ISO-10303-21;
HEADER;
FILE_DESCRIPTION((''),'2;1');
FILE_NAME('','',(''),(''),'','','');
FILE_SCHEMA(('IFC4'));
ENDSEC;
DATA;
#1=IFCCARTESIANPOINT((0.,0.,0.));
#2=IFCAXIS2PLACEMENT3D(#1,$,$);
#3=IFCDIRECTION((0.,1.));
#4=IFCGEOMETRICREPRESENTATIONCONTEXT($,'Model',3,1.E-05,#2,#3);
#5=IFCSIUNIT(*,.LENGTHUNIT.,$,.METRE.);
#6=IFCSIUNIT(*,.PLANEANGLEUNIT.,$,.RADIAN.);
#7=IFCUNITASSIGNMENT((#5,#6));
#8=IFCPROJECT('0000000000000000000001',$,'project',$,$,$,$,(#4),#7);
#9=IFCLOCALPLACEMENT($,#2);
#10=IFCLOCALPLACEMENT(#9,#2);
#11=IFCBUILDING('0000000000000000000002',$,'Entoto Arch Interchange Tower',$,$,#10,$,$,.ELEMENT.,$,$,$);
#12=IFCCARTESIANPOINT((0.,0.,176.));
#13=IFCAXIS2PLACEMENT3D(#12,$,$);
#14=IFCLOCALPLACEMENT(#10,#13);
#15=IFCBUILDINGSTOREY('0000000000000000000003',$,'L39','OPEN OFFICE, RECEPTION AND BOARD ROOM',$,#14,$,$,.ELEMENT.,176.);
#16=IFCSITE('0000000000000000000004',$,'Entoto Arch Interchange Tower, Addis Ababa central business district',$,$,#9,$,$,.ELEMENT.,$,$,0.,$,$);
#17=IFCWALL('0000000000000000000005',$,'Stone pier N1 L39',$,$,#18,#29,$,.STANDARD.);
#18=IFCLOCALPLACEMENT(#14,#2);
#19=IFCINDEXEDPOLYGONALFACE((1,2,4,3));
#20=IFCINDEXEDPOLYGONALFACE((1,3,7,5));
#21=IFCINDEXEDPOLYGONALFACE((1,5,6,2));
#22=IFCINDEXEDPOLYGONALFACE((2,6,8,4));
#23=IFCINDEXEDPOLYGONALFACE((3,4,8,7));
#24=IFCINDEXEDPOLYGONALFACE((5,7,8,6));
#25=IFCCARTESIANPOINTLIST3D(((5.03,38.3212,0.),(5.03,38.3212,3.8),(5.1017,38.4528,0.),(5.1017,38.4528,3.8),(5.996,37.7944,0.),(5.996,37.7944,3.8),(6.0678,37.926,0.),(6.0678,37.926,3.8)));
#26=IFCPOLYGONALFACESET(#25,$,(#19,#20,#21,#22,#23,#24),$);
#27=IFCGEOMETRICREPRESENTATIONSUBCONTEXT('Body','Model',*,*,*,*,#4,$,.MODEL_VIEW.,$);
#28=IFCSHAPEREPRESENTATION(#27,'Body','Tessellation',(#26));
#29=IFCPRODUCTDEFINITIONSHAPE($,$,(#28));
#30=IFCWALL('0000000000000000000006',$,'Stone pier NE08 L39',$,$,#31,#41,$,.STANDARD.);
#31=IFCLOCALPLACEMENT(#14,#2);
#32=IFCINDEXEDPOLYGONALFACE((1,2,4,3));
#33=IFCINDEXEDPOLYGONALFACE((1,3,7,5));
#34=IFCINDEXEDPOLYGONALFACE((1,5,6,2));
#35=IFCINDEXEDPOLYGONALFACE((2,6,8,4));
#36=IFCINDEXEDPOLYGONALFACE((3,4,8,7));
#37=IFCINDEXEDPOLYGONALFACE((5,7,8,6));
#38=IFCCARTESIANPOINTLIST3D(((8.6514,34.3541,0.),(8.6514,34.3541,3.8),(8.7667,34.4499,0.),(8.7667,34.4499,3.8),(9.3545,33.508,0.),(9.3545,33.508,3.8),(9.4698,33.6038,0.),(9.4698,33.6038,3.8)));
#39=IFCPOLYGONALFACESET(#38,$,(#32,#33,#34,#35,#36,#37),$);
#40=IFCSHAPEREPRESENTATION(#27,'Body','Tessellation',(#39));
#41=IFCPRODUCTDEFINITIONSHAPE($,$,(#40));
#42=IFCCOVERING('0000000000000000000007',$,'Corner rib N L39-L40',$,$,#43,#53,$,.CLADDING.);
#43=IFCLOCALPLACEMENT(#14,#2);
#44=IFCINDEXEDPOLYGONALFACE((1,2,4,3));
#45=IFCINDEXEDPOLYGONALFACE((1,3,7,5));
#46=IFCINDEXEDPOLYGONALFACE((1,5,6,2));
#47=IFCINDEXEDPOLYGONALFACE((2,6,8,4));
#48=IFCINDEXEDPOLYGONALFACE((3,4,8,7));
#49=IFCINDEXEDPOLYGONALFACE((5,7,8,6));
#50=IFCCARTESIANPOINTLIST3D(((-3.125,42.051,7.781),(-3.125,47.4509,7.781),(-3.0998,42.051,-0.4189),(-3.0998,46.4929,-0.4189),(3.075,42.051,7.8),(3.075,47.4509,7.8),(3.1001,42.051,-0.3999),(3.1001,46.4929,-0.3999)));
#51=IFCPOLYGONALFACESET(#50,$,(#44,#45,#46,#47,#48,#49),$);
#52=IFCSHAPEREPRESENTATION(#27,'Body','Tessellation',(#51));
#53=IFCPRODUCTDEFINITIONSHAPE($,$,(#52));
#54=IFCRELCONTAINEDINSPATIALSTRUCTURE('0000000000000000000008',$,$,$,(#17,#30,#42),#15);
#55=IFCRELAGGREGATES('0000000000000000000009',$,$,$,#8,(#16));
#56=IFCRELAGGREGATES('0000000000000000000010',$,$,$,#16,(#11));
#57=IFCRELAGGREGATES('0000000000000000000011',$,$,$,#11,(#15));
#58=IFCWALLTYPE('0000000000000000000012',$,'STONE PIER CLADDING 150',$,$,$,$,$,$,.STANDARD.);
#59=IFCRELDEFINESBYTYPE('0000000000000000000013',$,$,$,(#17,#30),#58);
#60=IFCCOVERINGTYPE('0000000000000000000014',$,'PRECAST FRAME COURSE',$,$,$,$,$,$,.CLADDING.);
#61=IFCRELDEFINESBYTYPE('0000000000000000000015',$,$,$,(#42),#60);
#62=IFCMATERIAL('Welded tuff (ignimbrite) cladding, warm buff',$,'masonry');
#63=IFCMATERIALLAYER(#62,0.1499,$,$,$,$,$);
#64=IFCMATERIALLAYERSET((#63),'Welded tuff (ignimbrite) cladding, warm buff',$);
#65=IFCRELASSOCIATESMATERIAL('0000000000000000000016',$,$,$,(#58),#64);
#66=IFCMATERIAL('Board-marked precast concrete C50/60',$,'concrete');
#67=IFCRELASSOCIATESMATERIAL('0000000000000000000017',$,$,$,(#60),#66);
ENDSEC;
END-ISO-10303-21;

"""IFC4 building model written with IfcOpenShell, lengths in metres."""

from ifc_helpers import new_model, si_unit, direction, frame, frame_2d, origin, place, context, subcontext, project, spatial, polyline, rectangle, outline, extrude, material, layer, layer_set, type_object, element, save


model = new_model("IFC4")

# Units and contexts
model_context = context("Model", 3, precision=1e-05, world=origin(), true_north=direction((0.0, 1.0)))
body_context = subcontext(model_context, "Body", "Model", "MODEL_VIEW")
ifc_project = project(units=[si_unit("LENGTHUNIT", "METRE"), si_unit("PLANEANGLEUNIT", "RADIAN")], contexts=[model_context])

# Site, building, storey
site_placement = place(None, origin())
site = spatial("IfcSite", under=ifc_project, at=site_placement, Name="Entoto Arch Interchange Tower, Addis Ababa central business district", CompositionType="ELEMENT", RefElevation=0.0)
building_placement = place(site_placement, origin())
building = spatial("IfcBuilding", under=site, at=building_placement, Name="Entoto Arch Interchange Tower", CompositionType="ELEMENT")
storey_placement = place(building_placement, frame((0.0, 0.0, 176.0)))
storey = spatial("IfcBuildingStorey", under=building, at=storey_placement, Name="L39", Description="OPEN OFFICE, RECEPTION AND BOARD ROOM", CompositionType="ELEMENT", Elevation=176.0)

# Shared definitions
ifc_material_1 = material(Name="Welded tuff (ignimbrite) cladding, warm buff", Category="masonry")

# Walls
ifc_layer_1 = layer(ifc_material_1, 0.1499)
ifc_layer_set_1 = layer_set([ifc_layer_1], Name="Welded tuff (ignimbrite) cladding, warm buff")
wall_type_1 = type_object("IfcWallType", Name="STONE PIER CLADDING 150", PredefinedType="STANDARD", material=ifc_layer_set_1)
wall_1_placement = place(storey_placement, frame((6.032, 37.8601, 0.0), z_axis=(0.0, 0.0, 1.0), x_axis=(-0.877929, 0.47879, 0.0)))
element("IfcWall", 1, at=wall_1_placement, inside=storey, type_object=wall_type_1, Name="Stone pier N1 L39", PredefinedType="STANDARD", context=body_context, shape_type="SweptSolid", body=[
    extrude(rectangle(XDim=1.1003, YDim=0.1499, at=frame_2d((0.5503, 0.0))), origin(), (0.0, 0.0, 1.0), 3.8),
])
wall_2_placement = place(storey_placement, frame((9.4121, 33.5559, 0.0), z_axis=(0.0, 0.0, 1.0), x_axis=(-0.639092, 0.76913, 0.0)))
element("IfcWall", 2, at=wall_2_placement, inside=storey, type_object=wall_type_1, Name="Stone pier NE08 L39", PredefinedType="STANDARD", context=body_context, shape_type="SweptSolid", body=[
    extrude(rectangle(XDim=1.1001, YDim=0.1499, at=frame_2d((0.55, 0.0))), origin(), (0.0, 0.0, 1.0), 3.8),
])

# Covering
ifc_material_2 = material(Name="Board-marked precast concrete C50/60", Category="concrete")
covering_type = type_object("IfcCoveringType", Name="PRECAST FRAME COURSE", PredefinedType="CLADDING", material=ifc_material_2)
covering_1_placement = place(storey_placement, frame((3.1001, 42.051, -0.3999), z_axis=(0.999995, 0.0, 0.003067), x_axis=(0.0, 1.0, 0.0)))
element("IfcCovering", 3, at=covering_1_placement, inside=storey, type_object=covering_type, Name="Corner rib N L39-L40", PredefinedType="CLADDING", context=body_context, shape_type="SweptSolid", body=[
    extrude(outline(polyline([(0.0, 0.0), (4.4419, 0.0), (5.3999, 8.2), (0.0, 8.2), (0.0, 0.0)])), origin(), (0.0, 0.0, -1.0), 6.2),
])

save(model, "model.ifc")
